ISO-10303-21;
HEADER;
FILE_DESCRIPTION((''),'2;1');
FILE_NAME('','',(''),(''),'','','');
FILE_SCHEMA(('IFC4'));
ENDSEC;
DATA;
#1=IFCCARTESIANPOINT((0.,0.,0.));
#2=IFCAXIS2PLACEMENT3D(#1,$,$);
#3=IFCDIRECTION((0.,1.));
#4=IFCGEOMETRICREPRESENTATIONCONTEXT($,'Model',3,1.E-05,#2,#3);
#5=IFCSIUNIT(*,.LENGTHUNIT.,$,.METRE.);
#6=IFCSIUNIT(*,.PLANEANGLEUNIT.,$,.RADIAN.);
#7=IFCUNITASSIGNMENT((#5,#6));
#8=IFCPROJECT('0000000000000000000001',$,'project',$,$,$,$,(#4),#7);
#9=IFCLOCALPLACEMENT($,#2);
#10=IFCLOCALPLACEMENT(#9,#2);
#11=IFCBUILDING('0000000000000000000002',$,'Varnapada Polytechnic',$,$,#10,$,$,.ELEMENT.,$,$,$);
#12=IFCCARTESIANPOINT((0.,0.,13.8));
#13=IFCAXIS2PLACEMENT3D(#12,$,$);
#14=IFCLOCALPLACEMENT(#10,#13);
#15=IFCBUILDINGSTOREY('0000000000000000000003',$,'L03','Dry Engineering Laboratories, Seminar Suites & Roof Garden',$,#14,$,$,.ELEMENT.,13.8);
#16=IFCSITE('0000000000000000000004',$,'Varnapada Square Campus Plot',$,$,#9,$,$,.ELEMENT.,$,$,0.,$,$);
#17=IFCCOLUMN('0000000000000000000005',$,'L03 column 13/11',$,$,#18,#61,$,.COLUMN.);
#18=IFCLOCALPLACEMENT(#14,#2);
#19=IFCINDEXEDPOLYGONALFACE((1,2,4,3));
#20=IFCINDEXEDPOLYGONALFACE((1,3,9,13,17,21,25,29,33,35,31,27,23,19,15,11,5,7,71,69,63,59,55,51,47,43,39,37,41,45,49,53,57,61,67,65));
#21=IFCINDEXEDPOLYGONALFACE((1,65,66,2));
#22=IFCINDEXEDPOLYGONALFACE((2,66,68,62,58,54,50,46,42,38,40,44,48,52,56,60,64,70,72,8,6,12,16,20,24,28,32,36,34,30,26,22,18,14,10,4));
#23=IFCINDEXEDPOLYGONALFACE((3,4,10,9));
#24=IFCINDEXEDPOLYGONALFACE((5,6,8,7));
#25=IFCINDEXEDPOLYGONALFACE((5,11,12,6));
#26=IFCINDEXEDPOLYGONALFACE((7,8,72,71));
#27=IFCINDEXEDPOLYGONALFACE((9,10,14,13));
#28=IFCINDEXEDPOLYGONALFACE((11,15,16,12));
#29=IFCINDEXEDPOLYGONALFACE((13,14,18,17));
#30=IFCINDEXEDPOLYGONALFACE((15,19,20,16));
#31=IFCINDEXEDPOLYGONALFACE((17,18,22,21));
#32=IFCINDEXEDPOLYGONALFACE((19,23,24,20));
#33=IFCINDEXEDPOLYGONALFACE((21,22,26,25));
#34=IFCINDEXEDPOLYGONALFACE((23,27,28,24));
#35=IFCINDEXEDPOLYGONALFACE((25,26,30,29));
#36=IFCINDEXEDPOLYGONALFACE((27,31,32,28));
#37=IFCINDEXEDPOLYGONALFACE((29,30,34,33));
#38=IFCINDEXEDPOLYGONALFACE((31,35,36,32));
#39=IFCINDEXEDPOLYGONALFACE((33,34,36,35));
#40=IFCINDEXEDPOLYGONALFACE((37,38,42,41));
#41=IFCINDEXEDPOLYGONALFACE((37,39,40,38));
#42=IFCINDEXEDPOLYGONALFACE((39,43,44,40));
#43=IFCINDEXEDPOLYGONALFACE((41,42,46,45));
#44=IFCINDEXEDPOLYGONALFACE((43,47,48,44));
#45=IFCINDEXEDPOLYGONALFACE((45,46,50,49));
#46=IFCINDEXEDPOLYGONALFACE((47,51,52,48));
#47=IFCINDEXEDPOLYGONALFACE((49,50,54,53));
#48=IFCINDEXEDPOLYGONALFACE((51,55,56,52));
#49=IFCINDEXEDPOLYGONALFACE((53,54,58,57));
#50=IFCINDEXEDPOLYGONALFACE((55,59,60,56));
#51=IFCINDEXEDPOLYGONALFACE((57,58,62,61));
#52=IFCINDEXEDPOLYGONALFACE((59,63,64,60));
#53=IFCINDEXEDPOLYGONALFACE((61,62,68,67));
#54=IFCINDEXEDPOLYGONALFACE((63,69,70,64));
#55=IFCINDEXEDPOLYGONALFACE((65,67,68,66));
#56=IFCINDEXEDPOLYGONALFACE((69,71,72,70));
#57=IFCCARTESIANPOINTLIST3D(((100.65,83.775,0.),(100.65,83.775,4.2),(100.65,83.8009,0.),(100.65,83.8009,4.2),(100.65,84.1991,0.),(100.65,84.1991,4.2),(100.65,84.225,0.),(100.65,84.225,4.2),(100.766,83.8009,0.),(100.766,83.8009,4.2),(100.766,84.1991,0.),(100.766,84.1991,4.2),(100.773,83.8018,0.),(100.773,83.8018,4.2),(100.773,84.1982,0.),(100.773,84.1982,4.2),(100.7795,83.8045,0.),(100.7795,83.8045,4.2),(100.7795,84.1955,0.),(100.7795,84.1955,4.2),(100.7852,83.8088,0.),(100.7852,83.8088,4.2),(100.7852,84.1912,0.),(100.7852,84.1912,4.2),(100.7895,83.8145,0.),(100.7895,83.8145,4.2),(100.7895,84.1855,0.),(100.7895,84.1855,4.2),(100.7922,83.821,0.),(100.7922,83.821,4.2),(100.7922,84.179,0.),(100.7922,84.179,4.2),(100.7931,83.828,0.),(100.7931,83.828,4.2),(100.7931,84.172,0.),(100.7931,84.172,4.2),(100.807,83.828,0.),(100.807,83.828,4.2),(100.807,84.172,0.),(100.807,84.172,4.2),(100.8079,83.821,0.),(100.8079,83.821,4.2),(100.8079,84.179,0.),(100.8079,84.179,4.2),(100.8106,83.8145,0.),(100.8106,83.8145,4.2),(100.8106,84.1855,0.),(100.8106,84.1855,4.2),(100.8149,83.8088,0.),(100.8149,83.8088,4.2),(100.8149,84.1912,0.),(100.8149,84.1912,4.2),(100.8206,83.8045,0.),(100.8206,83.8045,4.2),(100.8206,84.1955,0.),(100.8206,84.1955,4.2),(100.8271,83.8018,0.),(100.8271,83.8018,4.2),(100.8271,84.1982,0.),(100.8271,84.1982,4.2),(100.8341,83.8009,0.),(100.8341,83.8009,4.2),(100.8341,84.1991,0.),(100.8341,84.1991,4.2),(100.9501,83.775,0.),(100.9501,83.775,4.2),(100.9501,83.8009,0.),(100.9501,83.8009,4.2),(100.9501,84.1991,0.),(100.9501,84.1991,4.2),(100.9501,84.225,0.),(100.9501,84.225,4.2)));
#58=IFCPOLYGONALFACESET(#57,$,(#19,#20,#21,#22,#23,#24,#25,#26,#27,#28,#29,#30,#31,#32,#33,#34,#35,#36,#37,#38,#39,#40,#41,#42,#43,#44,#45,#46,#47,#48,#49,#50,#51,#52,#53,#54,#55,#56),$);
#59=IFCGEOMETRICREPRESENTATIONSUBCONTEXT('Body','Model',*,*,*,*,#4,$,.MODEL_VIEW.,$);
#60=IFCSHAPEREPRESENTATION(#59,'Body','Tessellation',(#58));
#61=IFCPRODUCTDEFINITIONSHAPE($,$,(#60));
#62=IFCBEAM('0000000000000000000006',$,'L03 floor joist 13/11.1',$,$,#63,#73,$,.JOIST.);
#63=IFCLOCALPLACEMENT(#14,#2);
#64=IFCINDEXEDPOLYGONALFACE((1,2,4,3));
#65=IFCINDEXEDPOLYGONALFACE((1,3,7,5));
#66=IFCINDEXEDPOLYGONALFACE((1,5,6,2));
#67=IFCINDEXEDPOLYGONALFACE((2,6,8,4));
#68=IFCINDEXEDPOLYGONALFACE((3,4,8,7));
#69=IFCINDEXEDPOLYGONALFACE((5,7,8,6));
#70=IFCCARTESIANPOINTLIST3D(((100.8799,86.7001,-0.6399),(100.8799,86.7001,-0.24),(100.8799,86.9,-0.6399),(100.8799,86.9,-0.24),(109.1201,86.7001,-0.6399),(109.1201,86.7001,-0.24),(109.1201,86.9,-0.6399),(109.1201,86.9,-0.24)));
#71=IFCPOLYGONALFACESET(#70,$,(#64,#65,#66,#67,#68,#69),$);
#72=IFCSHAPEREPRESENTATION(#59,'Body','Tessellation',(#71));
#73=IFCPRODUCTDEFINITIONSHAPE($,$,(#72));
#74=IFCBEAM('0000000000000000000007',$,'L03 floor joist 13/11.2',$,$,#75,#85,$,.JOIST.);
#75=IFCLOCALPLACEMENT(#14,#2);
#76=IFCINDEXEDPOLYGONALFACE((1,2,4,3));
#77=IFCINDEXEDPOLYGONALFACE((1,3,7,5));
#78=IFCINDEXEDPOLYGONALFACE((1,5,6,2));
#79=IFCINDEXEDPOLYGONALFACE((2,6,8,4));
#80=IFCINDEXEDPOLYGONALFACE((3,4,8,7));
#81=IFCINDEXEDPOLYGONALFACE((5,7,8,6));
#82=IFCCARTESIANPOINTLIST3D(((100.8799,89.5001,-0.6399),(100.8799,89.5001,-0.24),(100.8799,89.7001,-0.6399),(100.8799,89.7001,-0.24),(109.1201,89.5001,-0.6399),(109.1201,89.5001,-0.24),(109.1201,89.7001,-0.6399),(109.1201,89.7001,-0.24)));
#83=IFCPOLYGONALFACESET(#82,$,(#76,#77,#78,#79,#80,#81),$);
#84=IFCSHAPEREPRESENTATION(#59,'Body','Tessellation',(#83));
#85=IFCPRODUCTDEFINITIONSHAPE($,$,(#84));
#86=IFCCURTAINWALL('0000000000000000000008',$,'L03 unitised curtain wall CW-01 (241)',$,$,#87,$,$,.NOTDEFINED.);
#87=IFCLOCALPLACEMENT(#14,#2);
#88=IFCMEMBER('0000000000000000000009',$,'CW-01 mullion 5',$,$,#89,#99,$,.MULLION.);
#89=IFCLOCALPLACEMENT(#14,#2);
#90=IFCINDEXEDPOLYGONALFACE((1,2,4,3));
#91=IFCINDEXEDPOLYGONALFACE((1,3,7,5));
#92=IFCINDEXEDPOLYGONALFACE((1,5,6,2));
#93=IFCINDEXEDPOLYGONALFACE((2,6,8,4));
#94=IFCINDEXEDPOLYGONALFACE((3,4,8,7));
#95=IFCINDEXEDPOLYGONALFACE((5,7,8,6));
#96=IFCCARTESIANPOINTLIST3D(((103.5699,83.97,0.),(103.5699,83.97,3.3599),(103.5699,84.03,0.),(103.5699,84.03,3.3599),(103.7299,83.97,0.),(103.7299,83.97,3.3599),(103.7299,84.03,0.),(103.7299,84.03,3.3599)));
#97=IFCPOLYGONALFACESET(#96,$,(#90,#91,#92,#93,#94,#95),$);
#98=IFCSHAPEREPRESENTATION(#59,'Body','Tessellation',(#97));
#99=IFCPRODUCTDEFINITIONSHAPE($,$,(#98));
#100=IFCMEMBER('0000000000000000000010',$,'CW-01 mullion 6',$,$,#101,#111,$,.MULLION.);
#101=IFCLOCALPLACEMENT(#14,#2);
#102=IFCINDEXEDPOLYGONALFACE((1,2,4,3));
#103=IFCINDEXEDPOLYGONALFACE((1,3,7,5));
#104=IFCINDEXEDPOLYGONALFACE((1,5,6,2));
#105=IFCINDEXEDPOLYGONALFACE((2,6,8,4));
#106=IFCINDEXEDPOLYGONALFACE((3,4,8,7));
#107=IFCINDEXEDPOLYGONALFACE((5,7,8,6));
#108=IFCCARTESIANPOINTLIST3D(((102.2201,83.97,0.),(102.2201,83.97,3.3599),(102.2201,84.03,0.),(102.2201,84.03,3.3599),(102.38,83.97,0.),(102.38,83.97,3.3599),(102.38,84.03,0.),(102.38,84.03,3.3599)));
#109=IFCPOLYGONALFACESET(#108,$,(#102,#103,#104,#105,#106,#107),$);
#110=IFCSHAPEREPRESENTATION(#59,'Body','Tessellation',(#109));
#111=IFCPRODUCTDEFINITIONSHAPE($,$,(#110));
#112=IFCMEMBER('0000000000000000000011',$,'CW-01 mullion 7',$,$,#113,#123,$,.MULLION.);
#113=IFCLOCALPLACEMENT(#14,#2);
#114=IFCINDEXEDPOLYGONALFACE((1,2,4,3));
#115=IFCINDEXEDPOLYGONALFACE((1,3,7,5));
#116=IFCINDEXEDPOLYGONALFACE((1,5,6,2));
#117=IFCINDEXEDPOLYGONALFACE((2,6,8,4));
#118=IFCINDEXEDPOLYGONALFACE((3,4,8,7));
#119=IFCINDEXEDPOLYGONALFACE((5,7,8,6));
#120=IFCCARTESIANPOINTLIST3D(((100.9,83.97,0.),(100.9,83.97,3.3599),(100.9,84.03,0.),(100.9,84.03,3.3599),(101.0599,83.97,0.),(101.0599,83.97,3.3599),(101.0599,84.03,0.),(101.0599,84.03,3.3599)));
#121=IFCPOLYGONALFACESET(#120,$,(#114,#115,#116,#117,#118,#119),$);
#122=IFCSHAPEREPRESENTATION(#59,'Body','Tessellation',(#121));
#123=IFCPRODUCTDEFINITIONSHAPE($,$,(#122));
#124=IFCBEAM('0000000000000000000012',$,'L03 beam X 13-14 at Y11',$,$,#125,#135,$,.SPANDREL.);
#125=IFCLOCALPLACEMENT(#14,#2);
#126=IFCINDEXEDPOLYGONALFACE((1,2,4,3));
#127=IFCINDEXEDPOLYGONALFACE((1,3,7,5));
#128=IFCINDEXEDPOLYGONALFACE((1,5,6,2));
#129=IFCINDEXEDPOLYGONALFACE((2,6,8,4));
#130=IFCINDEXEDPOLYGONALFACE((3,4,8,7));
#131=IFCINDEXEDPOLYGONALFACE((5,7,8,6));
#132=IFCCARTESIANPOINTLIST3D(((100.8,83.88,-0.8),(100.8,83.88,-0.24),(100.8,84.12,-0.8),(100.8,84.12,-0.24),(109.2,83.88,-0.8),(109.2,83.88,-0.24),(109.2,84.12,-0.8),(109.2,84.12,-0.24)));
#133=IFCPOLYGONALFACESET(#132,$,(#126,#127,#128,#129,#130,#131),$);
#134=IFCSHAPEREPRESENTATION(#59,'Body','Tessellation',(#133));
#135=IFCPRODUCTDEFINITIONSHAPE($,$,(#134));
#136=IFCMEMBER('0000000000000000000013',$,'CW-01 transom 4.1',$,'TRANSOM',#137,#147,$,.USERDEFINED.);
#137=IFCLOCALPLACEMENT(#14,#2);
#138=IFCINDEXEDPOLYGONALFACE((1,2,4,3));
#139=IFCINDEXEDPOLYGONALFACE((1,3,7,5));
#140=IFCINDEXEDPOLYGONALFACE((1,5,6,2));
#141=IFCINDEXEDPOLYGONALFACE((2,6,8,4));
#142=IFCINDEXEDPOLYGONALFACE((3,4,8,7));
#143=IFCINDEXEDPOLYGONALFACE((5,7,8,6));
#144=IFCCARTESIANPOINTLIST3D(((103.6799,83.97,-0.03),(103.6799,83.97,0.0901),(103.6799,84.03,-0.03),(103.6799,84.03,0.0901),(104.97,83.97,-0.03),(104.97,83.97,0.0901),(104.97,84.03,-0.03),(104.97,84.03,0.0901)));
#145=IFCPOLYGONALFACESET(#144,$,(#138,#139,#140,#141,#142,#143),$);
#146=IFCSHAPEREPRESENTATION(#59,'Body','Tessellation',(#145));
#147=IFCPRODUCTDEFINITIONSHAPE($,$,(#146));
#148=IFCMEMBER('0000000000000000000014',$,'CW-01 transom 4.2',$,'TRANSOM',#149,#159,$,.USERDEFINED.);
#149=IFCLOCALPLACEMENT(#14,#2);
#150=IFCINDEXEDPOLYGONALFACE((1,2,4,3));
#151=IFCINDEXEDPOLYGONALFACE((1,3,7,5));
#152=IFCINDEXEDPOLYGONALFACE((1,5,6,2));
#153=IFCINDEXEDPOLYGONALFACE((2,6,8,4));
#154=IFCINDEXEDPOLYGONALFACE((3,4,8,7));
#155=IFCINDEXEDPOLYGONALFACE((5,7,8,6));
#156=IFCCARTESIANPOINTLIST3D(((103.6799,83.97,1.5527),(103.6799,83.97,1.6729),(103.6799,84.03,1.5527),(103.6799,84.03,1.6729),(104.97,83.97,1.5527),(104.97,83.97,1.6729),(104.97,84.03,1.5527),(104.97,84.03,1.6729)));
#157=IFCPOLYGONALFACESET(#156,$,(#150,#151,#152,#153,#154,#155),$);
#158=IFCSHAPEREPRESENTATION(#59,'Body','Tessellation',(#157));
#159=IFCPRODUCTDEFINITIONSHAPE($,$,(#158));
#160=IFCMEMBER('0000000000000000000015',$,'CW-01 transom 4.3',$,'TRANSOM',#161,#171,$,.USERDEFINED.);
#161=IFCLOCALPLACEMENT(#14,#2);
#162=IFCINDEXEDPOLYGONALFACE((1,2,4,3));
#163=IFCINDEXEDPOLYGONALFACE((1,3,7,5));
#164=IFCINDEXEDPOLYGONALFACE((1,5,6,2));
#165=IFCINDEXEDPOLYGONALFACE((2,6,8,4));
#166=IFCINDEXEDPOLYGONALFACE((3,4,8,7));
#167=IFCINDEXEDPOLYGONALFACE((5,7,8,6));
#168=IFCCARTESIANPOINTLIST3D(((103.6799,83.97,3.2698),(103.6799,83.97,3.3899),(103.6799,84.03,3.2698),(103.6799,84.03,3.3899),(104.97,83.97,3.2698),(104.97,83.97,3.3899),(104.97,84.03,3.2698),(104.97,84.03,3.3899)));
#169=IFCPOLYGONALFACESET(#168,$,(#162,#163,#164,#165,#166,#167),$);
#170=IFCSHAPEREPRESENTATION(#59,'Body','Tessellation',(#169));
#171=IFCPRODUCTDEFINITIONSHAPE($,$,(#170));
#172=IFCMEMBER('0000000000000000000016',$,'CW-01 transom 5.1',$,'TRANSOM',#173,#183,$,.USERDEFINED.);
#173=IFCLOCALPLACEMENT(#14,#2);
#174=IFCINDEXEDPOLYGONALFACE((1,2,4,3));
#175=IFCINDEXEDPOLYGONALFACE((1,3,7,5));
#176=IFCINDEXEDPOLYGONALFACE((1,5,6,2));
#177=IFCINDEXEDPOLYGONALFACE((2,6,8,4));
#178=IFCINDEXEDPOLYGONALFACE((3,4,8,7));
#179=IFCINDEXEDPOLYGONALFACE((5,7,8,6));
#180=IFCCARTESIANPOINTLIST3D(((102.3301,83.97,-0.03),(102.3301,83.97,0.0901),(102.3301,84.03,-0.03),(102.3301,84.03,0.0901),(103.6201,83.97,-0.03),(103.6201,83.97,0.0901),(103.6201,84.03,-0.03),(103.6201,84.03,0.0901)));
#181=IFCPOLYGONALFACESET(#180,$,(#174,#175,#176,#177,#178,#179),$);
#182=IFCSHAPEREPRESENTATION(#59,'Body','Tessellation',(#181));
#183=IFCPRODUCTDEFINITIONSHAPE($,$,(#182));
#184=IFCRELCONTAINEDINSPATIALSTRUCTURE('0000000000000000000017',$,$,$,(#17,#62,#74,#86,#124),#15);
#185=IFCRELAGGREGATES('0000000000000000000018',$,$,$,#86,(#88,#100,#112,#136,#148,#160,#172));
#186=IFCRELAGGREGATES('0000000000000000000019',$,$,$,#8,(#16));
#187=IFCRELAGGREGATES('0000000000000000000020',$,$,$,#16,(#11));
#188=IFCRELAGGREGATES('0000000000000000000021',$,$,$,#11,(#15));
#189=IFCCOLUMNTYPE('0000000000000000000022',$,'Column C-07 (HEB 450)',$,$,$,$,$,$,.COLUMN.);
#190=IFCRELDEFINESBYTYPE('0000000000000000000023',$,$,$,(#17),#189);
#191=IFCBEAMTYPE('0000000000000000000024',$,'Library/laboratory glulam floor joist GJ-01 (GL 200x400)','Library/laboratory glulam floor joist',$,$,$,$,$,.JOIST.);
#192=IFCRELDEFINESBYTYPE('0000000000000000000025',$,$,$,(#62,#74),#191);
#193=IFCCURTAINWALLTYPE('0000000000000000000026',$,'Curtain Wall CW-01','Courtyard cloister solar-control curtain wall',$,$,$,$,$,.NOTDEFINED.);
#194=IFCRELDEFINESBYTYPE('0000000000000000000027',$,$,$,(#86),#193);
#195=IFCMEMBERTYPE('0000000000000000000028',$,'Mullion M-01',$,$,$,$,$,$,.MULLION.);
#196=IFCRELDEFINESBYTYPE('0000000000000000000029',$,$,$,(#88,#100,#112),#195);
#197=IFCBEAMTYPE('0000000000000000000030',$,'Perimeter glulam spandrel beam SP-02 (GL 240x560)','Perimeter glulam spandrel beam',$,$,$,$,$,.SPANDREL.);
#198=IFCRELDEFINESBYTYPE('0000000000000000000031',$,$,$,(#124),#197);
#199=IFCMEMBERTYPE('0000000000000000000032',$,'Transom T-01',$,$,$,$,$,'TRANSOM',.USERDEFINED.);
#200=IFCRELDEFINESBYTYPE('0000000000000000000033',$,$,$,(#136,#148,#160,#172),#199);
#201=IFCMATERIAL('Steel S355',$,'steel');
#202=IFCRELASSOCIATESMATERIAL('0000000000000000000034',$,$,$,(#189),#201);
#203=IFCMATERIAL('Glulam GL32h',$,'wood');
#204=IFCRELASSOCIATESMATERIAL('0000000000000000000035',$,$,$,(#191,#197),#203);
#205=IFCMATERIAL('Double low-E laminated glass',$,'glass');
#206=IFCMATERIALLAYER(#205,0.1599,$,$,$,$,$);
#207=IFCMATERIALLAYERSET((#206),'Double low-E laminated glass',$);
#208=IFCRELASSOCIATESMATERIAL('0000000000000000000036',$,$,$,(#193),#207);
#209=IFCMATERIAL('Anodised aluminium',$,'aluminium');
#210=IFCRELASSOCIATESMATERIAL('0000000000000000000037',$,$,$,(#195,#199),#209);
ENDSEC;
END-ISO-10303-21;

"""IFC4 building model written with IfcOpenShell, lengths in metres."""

from ifc_helpers import new_model, si_unit, direction, frame, origin, origin_2d, place, context, subcontext, project, spatial, rectangle, i_section, extrude, material, layer, layer_set, material_profile, profile_set, type_object, element, aggregate, save


model = new_model("IFC4")

# Units and contexts
model_context = context("Model", 3, precision=1e-05, world=origin(), true_north=direction((0.0, 1.0)))
body_context = subcontext(model_context, "Body", "Model", "MODEL_VIEW")
ifc_project = project(units=[si_unit("LENGTHUNIT", "METRE"), si_unit("PLANEANGLEUNIT", "RADIAN")], contexts=[model_context])

# Site, building, storey
site_placement = place(None, origin())
site = spatial("IfcSite", under=ifc_project, at=site_placement, Name="Varnapada Square Campus Plot", CompositionType="ELEMENT", RefElevation=0.0)
building_placement = place(site_placement, origin())
building = spatial("IfcBuilding", under=site, at=building_placement, Name="Varnapada Polytechnic", CompositionType="ELEMENT")
storey_placement = place(building_placement, frame((0.0, 0.0, 13.8)))
storey = spatial("IfcBuildingStorey", under=building, at=storey_placement, Name="L03", Description="Dry Engineering Laboratories, Seminar Suites & Roof Garden", CompositionType="ELEMENT", Elevation=13.8)

# Column
ifc_material_1 = material(Name="Steel S355", Category="steel")
ifc_material_profile_1 = material_profile(ifc_material_1, i_section(OverallWidth=0.3, OverallDepth=0.45, WebThickness=0.0139, FlangeThickness=0.0259, FilletRadius=0.0271, at=origin_2d()), Name="HEB 450")
ifc_profile_set_1 = profile_set([ifc_material_profile_1], Name="Steel S355")
column_type = type_object("IfcColumnType", Name="Column C-07 (HEB 450)", PredefinedType="COLUMN", material=ifc_profile_set_1)
column_placement = place(storey_placement, frame((100.8, 84.0, 0.0), z_axis=(0.0, 0.0, 1.0), x_axis=(1.0, 0.0, 0.0)))
element("IfcColumn", 1, at=column_placement, inside=storey, type_object=column_type, Name="L03 column 13/11", PredefinedType="COLUMN", context=body_context, shape_type="SweptSolid", body=[
    extrude(i_section(OverallWidth=0.3, OverallDepth=0.45, WebThickness=0.0139, FlangeThickness=0.0259, FilletRadius=0.0271, at=origin_2d()), origin(), (0.0, 0.0, 1.0), 4.2),
])

# Beams
ifc_material_2 = material(Name="Glulam GL32h", Category="wood")
ifc_material_profile_2 = material_profile(ifc_material_2, rectangle(XDim=0.2, YDim=0.3999, at=origin_2d()), Name="GL 200x400")
ifc_profile_set_2 = profile_set([ifc_material_profile_2], Name="Glulam GL32h")
beam_type_1 = type_object("IfcBeamType", Name="Library/laboratory glulam floor joist GJ-01 (GL 200x400)", Description="Library/laboratory glulam floor joist", PredefinedType="JOIST", material=ifc_profile_set_2)
for number, where, z_axis, x_axis, name in (
    (2, (100.8799, 86.8, -0.4399), (1.0, 0.0, 0.0), (0.0, 1.0, 0.0), "L03 floor joist 13/11.1"),
    (3, (100.8799, 89.6001, -0.4399), (1.0, 0.0, 0.0), (0.0, 1.0, 0.0), "L03 floor joist 13/11.2"),
):
    element("IfcBeam", number, at=place(storey_placement, frame(where, z_axis=z_axis, x_axis=x_axis)), inside=storey, type_object=beam_type_1, Name=name, PredefinedType="JOIST", context=body_context, shape_type="SweptSolid", body=[
        extrude(rectangle(XDim=0.2, YDim=0.3999, at=origin_2d()), origin(), (0.0, 0.0, 1.0), 8.2402),
    ])

# Curtain wall, members
ifc_material_3 = material(Name="Double low-E laminated glass", Category="glass")
ifc_layer_1 = layer(ifc_material_3, 0.1599)
ifc_layer_set_1 = layer_set([ifc_layer_1], Name="Double low-E laminated glass")
curtain_wall_type = type_object("IfcCurtainWallType", Name="Curtain Wall CW-01", Description="Courtyard cloister solar-control curtain wall", PredefinedType="NOTDEFINED", material=ifc_layer_set_1)
curtain_wall_placement = place(storey_placement, origin())
curtain_wall = element("IfcCurtainWall", 4, at=curtain_wall_placement, inside=storey, type_object=curtain_wall_type, Name="L03 unitised curtain wall CW-01 (241)", PredefinedType="NOTDEFINED")
ifc_material_4 = material(Name="Anodised aluminium", Category="aluminium")
ifc_material_profile_3 = material_profile(ifc_material_4, rectangle(XDim=0.0601, YDim=0.1599, at=origin_2d()), Name="ALU M60x160")
ifc_profile_set_3 = profile_set([ifc_material_profile_3], Name="Anodised aluminium")
member_type_1 = type_object("IfcMemberType", Name="Mullion M-01", PredefinedType="MULLION", material=ifc_profile_set_3)
member_1_placement = place(storey_placement, frame((103.6499, 84.0, 0.0), z_axis=(0.0, 0.0, 1.0), x_axis=(0.0, -1.0, 0.0)))
member_1 = element("IfcMember", 5, at=member_1_placement, type_object=member_type_1, Name="CW-01 mullion 5", PredefinedType="MULLION", context=body_context, shape_type="SweptSolid", body=[
    extrude(rectangle(XDim=0.0601, YDim=0.1599, at=origin_2d()), origin(), (0.0, 0.0, 1.0), 3.3599),
])
member_2_placement = place(storey_placement, frame((102.3, 84.0, 0.0), z_axis=(0.0, 0.0, 1.0), x_axis=(0.0, -1.0, 0.0)))
member_2 = element("IfcMember", 6, at=member_2_placement, type_object=member_type_1, Name="CW-01 mullion 6", PredefinedType="MULLION", context=body_context, shape_type="SweptSolid", body=[
    extrude(rectangle(XDim=0.0601, YDim=0.1599, at=origin_2d()), origin(), (0.0, 0.0, 1.0), 3.3599),
])
member_3_placement = place(storey_placement, frame((100.98, 84.0, 0.0), z_axis=(0.0, 0.0, 1.0), x_axis=(0.0, -1.0, 0.0)))
member_3 = element("IfcMember", 7, at=member_3_placement, type_object=member_type_1, Name="CW-01 mullion 7", PredefinedType="MULLION", context=body_context, shape_type="SweptSolid", body=[
    extrude(rectangle(XDim=0.0601, YDim=0.1599, at=origin_2d()), origin(), (0.0, 0.0, 1.0), 3.3599),
])

# Beam
ifc_material_profile_4 = material_profile(ifc_material_2, rectangle(XDim=0.24, YDim=0.5601, at=origin_2d()), Name="GL 240x560")
ifc_profile_set_4 = profile_set([ifc_material_profile_4], Name="Glulam GL32h")
beam_type_2 = type_object("IfcBeamType", Name="Perimeter glulam spandrel beam SP-02 (GL 240x560)", Description="Perimeter glulam spandrel beam", PredefinedType="SPANDREL", material=ifc_profile_set_4)
beam_1_placement = place(storey_placement, frame((100.8, 84.0, -0.52), z_axis=(1.0, 0.0, 0.0), x_axis=(0.0, 1.0, 0.0)))
element("IfcBeam", 8, at=beam_1_placement, inside=storey, type_object=beam_type_2, Name="L03 beam X 13-14 at Y11", PredefinedType="SPANDREL", context=body_context, shape_type="SweptSolid", body=[
    extrude(rectangle(XDim=0.24, YDim=0.5601, at=origin_2d()), origin(), (0.0, 0.0, 1.0), 8.3999),
])

# Members
ifc_material_profile_5 = material_profile(ifc_material_4, rectangle(XDim=0.0601, YDim=0.1201, at=origin_2d()), Name="ALU T60x120")
ifc_profile_set_5 = profile_set([ifc_material_profile_5], Name="Anodised aluminium")
member_type_2 = type_object("IfcMemberType", Name="Transom T-01", ElementType="TRANSOM", PredefinedType="USERDEFINED", material=ifc_profile_set_5)
member_4_placement = place(storey_placement, frame((104.97, 84.0, 0.03), z_axis=(-1.0, 0.0, 0.0), x_axis=(0.0, -1.0, 0.0)))
member_4 = element("IfcMember", 9, at=member_4_placement, type_object=member_type_2, Name="CW-01 transom 4.1", ObjectType="TRANSOM", PredefinedType="USERDEFINED", context=body_context, shape_type="SweptSolid", body=[
    extrude(rectangle(XDim=0.0601, YDim=0.1201, at=origin_2d()), origin(), (0.0, 0.0, 1.0), 1.29),
])
member_5_placement = place(storey_placement, frame((104.97, 84.0, 1.6128), z_axis=(-1.0, 0.0, 0.0), x_axis=(0.0, -1.0, 0.0)))
member_5 = element("IfcMember", 10, at=member_5_placement, type_object=member_type_2, Name="CW-01 transom 4.2", ObjectType="TRANSOM", PredefinedType="USERDEFINED", context=body_context, shape_type="SweptSolid", body=[
    extrude(rectangle(XDim=0.0601, YDim=0.1201, at=origin_2d()), origin(), (0.0, 0.0, 1.0), 1.29),
])
member_6_placement = place(storey_placement, frame((104.97, 84.0, 3.3298), z_axis=(-1.0, 0.0, 0.0), x_axis=(0.0, -1.0, 0.0)))
member_6 = element("IfcMember", 11, at=member_6_placement, type_object=member_type_2, Name="CW-01 transom 4.3", ObjectType="TRANSOM", PredefinedType="USERDEFINED", context=body_context, shape_type="SweptSolid", body=[
    extrude(rectangle(XDim=0.0601, YDim=0.1201, at=origin_2d()), origin(), (0.0, 0.0, 1.0), 1.29),
])
member_7_placement = place(storey_placement, frame((103.6201, 84.0, 0.03), z_axis=(-1.0, 0.0, 0.0), x_axis=(0.0, -1.0, 0.0)))
member_7 = element("IfcMember", 12, at=member_7_placement, type_object=member_type_2, Name="CW-01 transom 5.1", ObjectType="TRANSOM", PredefinedType="USERDEFINED", context=body_context, shape_type="SweptSolid", body=[
    extrude(rectangle(XDim=0.0601, YDim=0.1201, at=origin_2d()), origin(), (0.0, 0.0, 1.0), 1.29),
])

aggregate(curtain_wall, [member_1, member_2, member_3, member_4, member_5, member_6, member_7])

save(model, "model.ifc")
